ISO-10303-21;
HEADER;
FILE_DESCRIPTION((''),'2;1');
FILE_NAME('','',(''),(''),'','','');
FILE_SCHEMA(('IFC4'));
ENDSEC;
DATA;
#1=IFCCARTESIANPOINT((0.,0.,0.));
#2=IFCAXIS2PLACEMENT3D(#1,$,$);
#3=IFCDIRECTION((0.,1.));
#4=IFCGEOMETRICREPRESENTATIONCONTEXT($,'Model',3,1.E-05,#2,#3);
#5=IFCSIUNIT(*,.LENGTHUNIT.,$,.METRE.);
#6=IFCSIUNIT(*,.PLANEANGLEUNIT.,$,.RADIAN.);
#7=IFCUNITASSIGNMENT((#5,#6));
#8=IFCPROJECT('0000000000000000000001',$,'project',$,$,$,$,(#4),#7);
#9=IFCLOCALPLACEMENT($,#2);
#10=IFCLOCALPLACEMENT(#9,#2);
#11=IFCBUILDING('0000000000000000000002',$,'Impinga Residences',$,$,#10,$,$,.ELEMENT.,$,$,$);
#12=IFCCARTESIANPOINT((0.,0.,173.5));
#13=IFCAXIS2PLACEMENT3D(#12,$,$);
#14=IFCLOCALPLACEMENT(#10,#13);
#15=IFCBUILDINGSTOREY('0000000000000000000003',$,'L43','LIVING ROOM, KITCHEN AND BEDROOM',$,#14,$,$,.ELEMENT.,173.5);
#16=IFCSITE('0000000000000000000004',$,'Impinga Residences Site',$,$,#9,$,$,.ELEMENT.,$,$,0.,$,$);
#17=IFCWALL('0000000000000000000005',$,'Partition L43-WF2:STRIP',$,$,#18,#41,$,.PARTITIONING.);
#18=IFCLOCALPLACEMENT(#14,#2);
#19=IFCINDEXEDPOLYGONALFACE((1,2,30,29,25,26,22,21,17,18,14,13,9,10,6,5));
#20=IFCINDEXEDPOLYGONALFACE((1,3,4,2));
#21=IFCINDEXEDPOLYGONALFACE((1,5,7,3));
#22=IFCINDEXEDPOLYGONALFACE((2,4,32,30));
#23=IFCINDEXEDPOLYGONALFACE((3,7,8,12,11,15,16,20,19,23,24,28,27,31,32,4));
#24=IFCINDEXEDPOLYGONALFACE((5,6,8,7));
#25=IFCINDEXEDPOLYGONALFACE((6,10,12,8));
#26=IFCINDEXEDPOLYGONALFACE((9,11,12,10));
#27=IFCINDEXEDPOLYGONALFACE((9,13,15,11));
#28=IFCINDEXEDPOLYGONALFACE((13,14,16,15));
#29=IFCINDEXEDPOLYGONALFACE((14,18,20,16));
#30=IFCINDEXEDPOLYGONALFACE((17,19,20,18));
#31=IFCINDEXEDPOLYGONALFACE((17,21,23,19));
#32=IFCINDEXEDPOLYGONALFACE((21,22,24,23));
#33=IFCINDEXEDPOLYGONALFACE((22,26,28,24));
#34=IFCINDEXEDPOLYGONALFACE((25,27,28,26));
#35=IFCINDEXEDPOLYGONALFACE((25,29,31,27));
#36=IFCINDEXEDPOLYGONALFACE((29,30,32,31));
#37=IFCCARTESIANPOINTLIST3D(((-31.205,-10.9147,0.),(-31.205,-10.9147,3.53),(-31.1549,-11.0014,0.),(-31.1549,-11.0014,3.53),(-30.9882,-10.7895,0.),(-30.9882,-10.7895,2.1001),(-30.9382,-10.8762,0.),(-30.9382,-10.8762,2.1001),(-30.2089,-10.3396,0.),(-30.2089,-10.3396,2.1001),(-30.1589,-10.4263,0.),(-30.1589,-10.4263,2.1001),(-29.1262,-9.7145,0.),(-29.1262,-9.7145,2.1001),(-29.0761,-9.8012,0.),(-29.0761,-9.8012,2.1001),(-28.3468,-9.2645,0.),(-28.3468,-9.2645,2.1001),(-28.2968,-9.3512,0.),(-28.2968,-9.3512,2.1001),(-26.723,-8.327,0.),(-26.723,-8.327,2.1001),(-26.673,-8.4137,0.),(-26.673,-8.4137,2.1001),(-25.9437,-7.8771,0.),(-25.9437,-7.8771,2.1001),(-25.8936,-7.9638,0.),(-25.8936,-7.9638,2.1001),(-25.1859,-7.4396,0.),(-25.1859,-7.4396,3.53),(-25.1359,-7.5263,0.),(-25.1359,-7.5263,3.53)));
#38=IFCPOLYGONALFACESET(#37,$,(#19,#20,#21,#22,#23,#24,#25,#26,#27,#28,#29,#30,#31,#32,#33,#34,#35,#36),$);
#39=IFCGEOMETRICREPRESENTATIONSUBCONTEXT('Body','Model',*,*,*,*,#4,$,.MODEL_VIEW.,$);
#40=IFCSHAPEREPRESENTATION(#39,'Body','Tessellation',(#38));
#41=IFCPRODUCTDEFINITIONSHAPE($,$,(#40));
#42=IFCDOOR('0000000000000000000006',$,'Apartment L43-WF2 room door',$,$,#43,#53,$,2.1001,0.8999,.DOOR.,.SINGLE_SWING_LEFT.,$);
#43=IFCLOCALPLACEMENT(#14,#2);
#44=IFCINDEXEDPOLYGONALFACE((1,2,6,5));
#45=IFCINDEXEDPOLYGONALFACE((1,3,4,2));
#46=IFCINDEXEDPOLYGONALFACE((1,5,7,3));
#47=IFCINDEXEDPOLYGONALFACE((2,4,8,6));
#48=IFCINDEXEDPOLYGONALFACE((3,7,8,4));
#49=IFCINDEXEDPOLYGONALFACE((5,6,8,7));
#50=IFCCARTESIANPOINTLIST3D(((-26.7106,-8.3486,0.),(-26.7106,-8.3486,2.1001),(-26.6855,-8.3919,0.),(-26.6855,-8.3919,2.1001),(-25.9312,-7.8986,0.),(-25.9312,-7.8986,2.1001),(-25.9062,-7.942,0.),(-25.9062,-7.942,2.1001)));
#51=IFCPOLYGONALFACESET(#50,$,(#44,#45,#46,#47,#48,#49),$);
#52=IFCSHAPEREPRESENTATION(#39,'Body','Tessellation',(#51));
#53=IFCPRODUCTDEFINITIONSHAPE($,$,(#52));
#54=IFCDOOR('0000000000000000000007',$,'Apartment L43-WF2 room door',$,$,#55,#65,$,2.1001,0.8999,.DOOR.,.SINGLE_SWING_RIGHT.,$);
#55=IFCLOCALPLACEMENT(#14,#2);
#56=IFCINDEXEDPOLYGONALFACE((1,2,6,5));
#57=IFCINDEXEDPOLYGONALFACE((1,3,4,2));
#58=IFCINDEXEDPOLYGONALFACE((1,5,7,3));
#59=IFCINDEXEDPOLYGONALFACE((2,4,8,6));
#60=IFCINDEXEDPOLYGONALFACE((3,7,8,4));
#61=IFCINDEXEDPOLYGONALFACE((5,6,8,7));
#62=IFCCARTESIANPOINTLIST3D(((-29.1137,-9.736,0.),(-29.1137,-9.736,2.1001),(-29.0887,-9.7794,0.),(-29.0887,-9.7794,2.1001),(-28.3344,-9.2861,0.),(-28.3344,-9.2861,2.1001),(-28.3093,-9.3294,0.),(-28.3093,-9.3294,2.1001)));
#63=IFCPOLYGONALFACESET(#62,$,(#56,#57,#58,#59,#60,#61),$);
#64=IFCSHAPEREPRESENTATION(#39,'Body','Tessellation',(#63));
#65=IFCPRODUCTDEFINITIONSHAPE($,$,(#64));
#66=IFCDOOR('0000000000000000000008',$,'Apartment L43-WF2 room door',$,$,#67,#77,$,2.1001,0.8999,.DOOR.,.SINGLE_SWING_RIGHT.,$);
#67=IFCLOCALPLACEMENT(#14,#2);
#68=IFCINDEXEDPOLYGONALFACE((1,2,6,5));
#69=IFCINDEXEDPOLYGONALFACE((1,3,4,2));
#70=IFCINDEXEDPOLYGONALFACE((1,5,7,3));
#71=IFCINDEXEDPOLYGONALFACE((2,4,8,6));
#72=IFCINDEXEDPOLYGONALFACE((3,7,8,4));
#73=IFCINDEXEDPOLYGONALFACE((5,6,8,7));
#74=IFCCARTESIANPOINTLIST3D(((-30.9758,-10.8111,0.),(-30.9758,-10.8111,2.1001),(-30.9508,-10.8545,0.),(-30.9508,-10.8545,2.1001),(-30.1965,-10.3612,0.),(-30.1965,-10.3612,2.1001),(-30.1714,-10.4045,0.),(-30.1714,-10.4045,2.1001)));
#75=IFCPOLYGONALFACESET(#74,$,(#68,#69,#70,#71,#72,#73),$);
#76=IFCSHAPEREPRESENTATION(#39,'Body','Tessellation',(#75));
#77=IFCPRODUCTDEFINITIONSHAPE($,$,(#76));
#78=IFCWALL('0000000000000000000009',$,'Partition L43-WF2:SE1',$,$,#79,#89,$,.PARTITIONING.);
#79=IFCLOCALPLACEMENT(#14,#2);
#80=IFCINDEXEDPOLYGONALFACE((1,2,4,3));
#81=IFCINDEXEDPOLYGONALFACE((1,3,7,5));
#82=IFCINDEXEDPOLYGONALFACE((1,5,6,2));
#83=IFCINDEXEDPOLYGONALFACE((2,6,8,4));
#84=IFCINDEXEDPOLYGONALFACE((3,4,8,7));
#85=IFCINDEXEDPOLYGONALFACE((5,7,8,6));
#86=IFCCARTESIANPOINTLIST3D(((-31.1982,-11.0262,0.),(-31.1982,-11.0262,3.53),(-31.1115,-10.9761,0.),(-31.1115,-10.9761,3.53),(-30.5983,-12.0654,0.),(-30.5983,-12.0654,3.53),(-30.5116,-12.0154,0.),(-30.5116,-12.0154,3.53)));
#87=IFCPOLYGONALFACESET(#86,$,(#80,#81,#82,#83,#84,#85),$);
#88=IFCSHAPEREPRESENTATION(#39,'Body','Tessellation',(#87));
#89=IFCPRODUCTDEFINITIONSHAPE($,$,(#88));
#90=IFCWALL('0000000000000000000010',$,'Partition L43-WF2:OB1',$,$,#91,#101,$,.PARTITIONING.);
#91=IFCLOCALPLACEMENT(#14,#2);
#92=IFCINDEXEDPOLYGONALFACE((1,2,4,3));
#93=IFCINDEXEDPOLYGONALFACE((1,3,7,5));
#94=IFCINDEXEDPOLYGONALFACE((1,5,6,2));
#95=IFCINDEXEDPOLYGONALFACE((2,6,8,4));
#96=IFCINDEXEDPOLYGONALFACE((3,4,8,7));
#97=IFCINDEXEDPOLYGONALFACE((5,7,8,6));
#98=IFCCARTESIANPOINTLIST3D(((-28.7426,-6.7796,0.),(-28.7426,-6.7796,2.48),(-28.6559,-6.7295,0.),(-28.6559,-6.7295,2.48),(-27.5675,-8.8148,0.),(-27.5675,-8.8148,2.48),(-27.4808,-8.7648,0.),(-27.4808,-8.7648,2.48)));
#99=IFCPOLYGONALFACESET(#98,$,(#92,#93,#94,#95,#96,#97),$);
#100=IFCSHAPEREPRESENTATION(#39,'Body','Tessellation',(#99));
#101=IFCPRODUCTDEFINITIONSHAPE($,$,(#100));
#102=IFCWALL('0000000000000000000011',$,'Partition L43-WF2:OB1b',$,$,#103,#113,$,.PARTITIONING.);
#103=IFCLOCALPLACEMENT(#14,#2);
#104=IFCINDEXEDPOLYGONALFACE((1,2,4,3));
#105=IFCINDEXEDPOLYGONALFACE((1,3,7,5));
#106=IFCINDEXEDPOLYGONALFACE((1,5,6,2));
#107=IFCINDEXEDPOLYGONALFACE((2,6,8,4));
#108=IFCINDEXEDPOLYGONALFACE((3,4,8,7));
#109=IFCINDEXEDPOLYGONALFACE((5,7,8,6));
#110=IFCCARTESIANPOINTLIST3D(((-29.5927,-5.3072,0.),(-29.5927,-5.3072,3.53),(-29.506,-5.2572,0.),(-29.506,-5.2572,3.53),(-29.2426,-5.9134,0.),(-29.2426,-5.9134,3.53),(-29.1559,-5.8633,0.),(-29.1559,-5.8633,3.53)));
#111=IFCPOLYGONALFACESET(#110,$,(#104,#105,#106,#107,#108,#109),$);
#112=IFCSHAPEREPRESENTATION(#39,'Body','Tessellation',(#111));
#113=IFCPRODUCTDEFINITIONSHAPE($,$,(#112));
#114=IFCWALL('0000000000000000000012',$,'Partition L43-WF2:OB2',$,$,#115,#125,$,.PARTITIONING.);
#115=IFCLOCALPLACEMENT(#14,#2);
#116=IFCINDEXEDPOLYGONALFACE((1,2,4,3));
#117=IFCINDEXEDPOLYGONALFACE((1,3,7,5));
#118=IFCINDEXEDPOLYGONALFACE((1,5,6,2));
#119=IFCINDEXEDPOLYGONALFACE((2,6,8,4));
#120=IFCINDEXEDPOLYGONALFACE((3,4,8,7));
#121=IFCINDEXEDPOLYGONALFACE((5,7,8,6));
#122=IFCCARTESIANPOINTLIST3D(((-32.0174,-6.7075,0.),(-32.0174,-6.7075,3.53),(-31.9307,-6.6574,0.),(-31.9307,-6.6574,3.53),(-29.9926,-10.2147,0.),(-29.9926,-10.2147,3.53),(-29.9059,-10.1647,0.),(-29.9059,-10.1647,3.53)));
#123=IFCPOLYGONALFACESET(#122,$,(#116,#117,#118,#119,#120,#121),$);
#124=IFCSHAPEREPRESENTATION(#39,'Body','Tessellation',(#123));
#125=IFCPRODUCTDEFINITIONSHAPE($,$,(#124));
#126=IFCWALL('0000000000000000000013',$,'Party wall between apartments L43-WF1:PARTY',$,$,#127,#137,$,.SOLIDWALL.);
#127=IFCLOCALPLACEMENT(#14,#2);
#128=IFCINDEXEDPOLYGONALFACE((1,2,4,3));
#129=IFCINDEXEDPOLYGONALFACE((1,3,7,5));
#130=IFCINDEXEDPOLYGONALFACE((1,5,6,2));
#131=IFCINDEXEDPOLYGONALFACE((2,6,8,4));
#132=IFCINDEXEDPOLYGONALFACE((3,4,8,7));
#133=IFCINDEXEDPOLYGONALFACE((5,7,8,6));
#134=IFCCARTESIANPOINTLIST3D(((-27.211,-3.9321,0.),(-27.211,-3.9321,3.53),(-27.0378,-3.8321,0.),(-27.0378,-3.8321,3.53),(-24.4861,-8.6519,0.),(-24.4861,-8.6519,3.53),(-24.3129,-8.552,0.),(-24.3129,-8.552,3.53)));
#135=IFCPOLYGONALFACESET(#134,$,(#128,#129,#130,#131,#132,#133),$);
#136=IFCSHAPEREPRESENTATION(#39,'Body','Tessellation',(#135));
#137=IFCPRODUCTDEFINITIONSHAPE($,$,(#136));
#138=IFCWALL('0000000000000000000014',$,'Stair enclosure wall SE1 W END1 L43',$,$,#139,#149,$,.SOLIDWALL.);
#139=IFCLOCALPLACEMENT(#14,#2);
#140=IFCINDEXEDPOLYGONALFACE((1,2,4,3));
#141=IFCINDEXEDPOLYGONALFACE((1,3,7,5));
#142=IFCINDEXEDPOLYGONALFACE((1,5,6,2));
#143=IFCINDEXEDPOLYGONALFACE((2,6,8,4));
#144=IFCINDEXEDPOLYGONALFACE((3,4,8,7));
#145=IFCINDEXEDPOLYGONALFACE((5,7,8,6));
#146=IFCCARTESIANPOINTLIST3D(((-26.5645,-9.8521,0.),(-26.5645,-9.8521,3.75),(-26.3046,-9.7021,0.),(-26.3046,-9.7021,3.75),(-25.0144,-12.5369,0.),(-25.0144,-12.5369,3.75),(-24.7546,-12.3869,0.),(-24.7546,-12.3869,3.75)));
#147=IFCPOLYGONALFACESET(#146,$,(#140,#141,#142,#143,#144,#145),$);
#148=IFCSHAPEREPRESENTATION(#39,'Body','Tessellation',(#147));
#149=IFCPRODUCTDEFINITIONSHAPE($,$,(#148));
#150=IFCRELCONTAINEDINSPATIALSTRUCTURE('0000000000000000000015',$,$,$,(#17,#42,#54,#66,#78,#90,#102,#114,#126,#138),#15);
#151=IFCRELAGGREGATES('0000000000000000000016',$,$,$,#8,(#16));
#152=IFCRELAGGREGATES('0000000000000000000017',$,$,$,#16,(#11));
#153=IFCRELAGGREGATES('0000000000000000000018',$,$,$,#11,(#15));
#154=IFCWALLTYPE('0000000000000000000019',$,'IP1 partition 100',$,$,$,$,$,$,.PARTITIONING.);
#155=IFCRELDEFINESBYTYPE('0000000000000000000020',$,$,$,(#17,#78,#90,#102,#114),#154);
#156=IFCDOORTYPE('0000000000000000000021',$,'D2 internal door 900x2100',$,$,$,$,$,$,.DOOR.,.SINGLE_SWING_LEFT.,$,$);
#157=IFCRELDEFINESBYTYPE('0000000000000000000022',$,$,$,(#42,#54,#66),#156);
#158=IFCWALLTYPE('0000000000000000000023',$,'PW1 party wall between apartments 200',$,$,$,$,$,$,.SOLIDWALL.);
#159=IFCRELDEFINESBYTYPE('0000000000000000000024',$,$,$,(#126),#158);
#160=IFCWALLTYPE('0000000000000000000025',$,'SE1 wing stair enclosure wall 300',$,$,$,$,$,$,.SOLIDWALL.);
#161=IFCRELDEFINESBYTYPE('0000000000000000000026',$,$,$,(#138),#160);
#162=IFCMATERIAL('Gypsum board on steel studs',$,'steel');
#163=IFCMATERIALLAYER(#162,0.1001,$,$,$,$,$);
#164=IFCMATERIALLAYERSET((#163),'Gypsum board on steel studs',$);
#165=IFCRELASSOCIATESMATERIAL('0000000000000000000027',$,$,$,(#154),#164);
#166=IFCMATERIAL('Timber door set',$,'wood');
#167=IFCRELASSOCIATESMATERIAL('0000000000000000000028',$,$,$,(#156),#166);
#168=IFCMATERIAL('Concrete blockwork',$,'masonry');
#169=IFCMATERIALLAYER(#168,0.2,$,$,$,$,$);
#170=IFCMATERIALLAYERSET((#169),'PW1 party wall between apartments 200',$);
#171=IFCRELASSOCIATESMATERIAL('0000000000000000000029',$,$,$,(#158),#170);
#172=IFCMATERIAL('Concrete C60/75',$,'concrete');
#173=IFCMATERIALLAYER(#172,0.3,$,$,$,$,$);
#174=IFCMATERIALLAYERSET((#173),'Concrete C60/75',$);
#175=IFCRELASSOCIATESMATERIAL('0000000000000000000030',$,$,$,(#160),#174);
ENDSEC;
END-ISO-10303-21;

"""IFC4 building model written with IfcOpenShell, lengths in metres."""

from ifc_helpers import new_model, si_unit, direction, frame, frame_2d, origin, place, context, subcontext, project, spatial, rectangle, extrude, material, layer, layer_set, type_object, element, fill, save


model = new_model("IFC4")

# Units and contexts
model_context = context("Model", 3, precision=1e-05, world=origin(), true_north=direction((0.0, 1.0)))
body_context = subcontext(model_context, "Body", "Model", "MODEL_VIEW")
ifc_project = project(units=[si_unit("LENGTHUNIT", "METRE"), si_unit("PLANEANGLEUNIT", "RADIAN")], contexts=[model_context])

# Site, building, storey
site_placement = place(None, origin())
site = spatial("IfcSite", under=ifc_project, at=site_placement, Name="Impinga Residences Site", CompositionType="ELEMENT", RefElevation=0.0)
building_placement = place(site_placement, origin())
building = spatial("IfcBuilding", under=site, at=building_placement, Name="Impinga Residences", CompositionType="ELEMENT")
storey_placement = place(building_placement, frame((0.0, 0.0, 173.5)))
storey = spatial("IfcBuildingStorey", under=building, at=storey_placement, Name="L43", Description="LIVING ROOM, KITCHEN AND BEDROOM", CompositionType="ELEMENT", Elevation=173.5)

# Shared definitions
ifc_material_1 = material(Name="Concrete C60/75", Category="concrete")

# Shared definitions
ifc_material_2 = material(Name="Gypsum board on steel studs", Category="steel")
ifc_layer_1 = layer(ifc_material_2, 0.1001)
ifc_layer_set_1 = layer_set([ifc_layer_1], Name="Gypsum board on steel studs")
wall_type_1 = type_object("IfcWallType", Name="IP1 partition 100", PredefinedType="PARTITIONING", material=ifc_layer_set_1)

# Wall, openings, doors
wall_1_placement = place(storey_placement, frame((-25.1609, -7.4829, 0.0), z_axis=(0.0, 0.0, 1.0), x_axis=(-0.866025, -0.5, 0.0)))
wall_1 = element("IfcWall", 1, at=wall_1_placement, inside=storey, type_object=wall_type_1, Name="Partition L43-WF2:STRIP", PredefinedType="PARTITIONING", context=body_context, shape_type="SweptSolid", body=[
    extrude(rectangle(XDim=6.9502, YDim=0.1001, at=frame_2d((3.4751, 0.0))), origin(), (0.0, 0.0, 1.0), 3.53),
])
opening_1_placement = place(wall_1_placement, frame((0.875, 0.0, 0.0)))
opening_1 = element("IfcOpeningElement", 2, at=opening_1_placement, cuts=wall_1, PredefinedType="OPENING", context=body_context, shape_type="SweptSolid", body=[
    extrude(rectangle(XDim=0.8999, YDim=2.1001, at=frame_2d((0.45, 1.05))), frame((0.0, 0.0601, 0.0), z_axis=(0.0, -1.0, 0.0), x_axis=(1.0, 0.0, 0.0)), (0.0, 0.0, 1.0), 0.1201),
])
opening_2_placement = place(wall_1_placement, frame((3.6499, 0.0, 0.0)))
opening_2 = element("IfcOpeningElement", 3, at=opening_2_placement, cuts=wall_1, PredefinedType="OPENING", context=body_context, shape_type="SweptSolid", body=[
    extrude(rectangle(XDim=0.8999, YDim=2.1001, at=frame_2d((0.45, 1.05))), frame((0.0, 0.0601, 0.0), z_axis=(0.0, -1.0, 0.0), x_axis=(1.0, 0.0, 0.0)), (0.0, 0.0, 1.0), 0.1201),
])
opening_3_placement = place(wall_1_placement, frame((5.8, 0.0, 0.0)))
opening_3 = element("IfcOpeningElement", 4, at=opening_3_placement, cuts=wall_1, PredefinedType="OPENING", context=body_context, shape_type="SweptSolid", body=[
    extrude(rectangle(XDim=0.8999, YDim=2.1001, at=frame_2d((0.45, 1.05))), frame((0.0, 0.0601, 0.0), z_axis=(0.0, -1.0, 0.0), x_axis=(1.0, 0.0, 0.0)), (0.0, 0.0, 1.0), 0.1201),
])
ifc_material_3 = material(Name="Timber door set", Category="wood")
door_type = type_object("IfcDoorType", Name="D2 internal door 900x2100", OperationType="SINGLE_SWING_LEFT", PredefinedType="DOOR", material=ifc_material_3)
door_1_placement = place(opening_1_placement, origin())
door_1 = element("IfcDoor", 5, at=door_1_placement, inside=storey, type_object=door_type, Name="Apartment L43-WF2 room door", OperationType="SINGLE_SWING_LEFT", OverallHeight=2.1001, OverallWidth=0.8999, PredefinedType="DOOR", context=body_context, shape_type="SweptSolid", body=[
    extrude(rectangle(XDim=0.8999, YDim=2.1001, at=frame_2d((0.45, 1.05))), frame((0.0, 0.0249, 0.0), z_axis=(0.0, -1.0, 0.0), x_axis=(1.0, 0.0, 0.0)), (0.0, 0.0, 1.0), 0.05),
])
fill(opening_1, door_1)
door_2_placement = place(opening_2_placement, origin())
door_2 = element("IfcDoor", 6, at=door_2_placement, inside=storey, type_object=door_type, Name="Apartment L43-WF2 room door", OperationType="SINGLE_SWING_RIGHT", OverallHeight=2.1001, OverallWidth=0.8999, PredefinedType="DOOR", context=body_context, shape_type="SweptSolid", body=[
    extrude(rectangle(XDim=0.8999, YDim=2.1001, at=frame_2d((0.45, 1.05))), frame((0.0, 0.0249, 0.0), z_axis=(0.0, -1.0, 0.0), x_axis=(1.0, 0.0, 0.0)), (0.0, 0.0, 1.0), 0.05),
])
fill(opening_2, door_2)
door_3_placement = place(opening_3_placement, origin())
door_3 = element("IfcDoor", 7, at=door_3_placement, inside=storey, type_object=door_type, Name="Apartment L43-WF2 room door", OperationType="SINGLE_SWING_RIGHT", OverallHeight=2.1001, OverallWidth=0.8999, PredefinedType="DOOR", context=body_context, shape_type="SweptSolid", body=[
    extrude(rectangle(XDim=0.8999, YDim=2.1001, at=frame_2d((0.45, 1.05))), frame((0.0, 0.0249, 0.0), z_axis=(0.0, -1.0, 0.0), x_axis=(1.0, 0.0, 0.0)), (0.0, 0.0, 1.0), 0.05),
])
fill(opening_3, door_3)

# Walls
wall_2_placement = place(storey_placement, frame((-30.5549, -12.0405, 0.0), z_axis=(0.0, 0.0, 1.0), x_axis=(-0.499881, 0.866094, 0.0)))
element("IfcWall", 8, at=wall_2_placement, inside=storey, type_object=wall_type_1, Name="Partition L43-WF2:SE1", PredefinedType="PARTITIONING", context=body_context, shape_type="SweptSolid", body=[
    extrude(rectangle(XDim=1.2, YDim=0.1001, at=frame_2d((0.6001, 0.0))), origin(), (0.0, 0.0, 1.0), 3.53),
])
wall_3_placement = place(storey_placement, frame((-27.5242, -8.7898, 0.0), z_axis=(0.0, 0.0, 1.0), x_axis=(-0.500016, 0.866016, 0.0)))
element("IfcWall", 9, at=wall_3_placement, inside=storey, type_object=wall_type_1, Name="Partition L43-WF2:OB1", PredefinedType="PARTITIONING", context=body_context, shape_type="SweptSolid", body=[
    extrude(rectangle(XDim=2.3501, YDim=0.1001, at=frame_2d((1.175, 0.0))), origin(), (0.0, 0.0, 1.0), 2.48),
])
wall_4_placement = place(storey_placement, frame((-29.1992, -5.8884, 0.0), z_axis=(0.0, 0.0, 1.0), x_axis=(-0.500115, 0.865959, 0.0)))
element("IfcWall", 10, at=wall_4_placement, inside=storey, type_object=wall_type_1, Name="Partition L43-WF2:OB1b", PredefinedType="PARTITIONING", context=body_context, shape_type="SweptSolid", body=[
    extrude(rectangle(XDim=0.7, YDim=0.1001, at=frame_2d((0.3501, 0.0))), origin(), (0.0, 0.0, 1.0), 3.53),
])
wall_5_placement = place(storey_placement, frame((-29.9492, -10.1897, 0.0), z_axis=(0.0, 0.0, 1.0), x_axis=(-0.49999, 0.866031, 0.0)))
element("IfcWall", 11, at=wall_5_placement, inside=storey, type_object=wall_type_1, Name="Partition L43-WF2:OB2", PredefinedType="PARTITIONING", context=body_context, shape_type="SweptSolid", body=[
    extrude(rectangle(XDim=4.0498, YDim=0.1001, at=frame_2d((2.0249, 0.0))), origin(), (0.0, 0.0, 1.0), 3.53),
])
ifc_material_4 = material(Name="Concrete blockwork", Category="masonry")
ifc_layer_2 = layer(ifc_material_4, 0.2)
ifc_layer_set_2 = layer_set([ifc_layer_2], Name="PW1 party wall between apartments 200")
wall_type_2 = type_object("IfcWallType", Name="PW1 party wall between apartments 200", PredefinedType="SOLIDWALL", material=ifc_layer_set_2)
wall_6_placement = place(storey_placement, frame((-24.3994, -8.6021, 0.0), z_axis=(0.0, 0.0, 1.0), x_axis=(-0.499989, 0.866032, 0.0)))
element("IfcWall", 12, at=wall_6_placement, inside=storey, type_object=wall_type_2, Name="Party wall between apartments L43-WF1:PARTY", PredefinedType="SOLIDWALL", context=body_context, shape_type="SweptSolid", body=[
    extrude(rectangle(XDim=5.45, YDim=0.2, at=frame_2d((2.7251, 0.0))), origin(), (0.0, 0.0, 1.0), 3.53),
])
ifc_layer_3 = layer(ifc_material_1, 0.3)
ifc_layer_set_3 = layer_set([ifc_layer_3], Name="Concrete C60/75")
wall_type_3 = type_object("IfcWallType", Name="SE1 wing stair enclosure wall 300", PredefinedType="SOLIDWALL", material=ifc_layer_set_3)
wall_7_placement = place(storey_placement, frame((-24.8845, -12.4619, 0.0), z_axis=(0.0, 0.0, 1.0), x_axis=(-0.499993, 0.86603, 0.0)))
element("IfcWall", 13, at=wall_7_placement, inside=storey, type_object=wall_type_3, Name="Stair enclosure wall SE1 W END1 L43", PredefinedType="SOLIDWALL", context=body_context, shape_type="SweptSolid", body=[
    extrude(rectangle(XDim=3.1001, YDim=0.3, at=frame_2d((1.55, 0.0))), origin(), (0.0, 0.0, 1.0), 3.75),
])

save(model, "model.ifc")
